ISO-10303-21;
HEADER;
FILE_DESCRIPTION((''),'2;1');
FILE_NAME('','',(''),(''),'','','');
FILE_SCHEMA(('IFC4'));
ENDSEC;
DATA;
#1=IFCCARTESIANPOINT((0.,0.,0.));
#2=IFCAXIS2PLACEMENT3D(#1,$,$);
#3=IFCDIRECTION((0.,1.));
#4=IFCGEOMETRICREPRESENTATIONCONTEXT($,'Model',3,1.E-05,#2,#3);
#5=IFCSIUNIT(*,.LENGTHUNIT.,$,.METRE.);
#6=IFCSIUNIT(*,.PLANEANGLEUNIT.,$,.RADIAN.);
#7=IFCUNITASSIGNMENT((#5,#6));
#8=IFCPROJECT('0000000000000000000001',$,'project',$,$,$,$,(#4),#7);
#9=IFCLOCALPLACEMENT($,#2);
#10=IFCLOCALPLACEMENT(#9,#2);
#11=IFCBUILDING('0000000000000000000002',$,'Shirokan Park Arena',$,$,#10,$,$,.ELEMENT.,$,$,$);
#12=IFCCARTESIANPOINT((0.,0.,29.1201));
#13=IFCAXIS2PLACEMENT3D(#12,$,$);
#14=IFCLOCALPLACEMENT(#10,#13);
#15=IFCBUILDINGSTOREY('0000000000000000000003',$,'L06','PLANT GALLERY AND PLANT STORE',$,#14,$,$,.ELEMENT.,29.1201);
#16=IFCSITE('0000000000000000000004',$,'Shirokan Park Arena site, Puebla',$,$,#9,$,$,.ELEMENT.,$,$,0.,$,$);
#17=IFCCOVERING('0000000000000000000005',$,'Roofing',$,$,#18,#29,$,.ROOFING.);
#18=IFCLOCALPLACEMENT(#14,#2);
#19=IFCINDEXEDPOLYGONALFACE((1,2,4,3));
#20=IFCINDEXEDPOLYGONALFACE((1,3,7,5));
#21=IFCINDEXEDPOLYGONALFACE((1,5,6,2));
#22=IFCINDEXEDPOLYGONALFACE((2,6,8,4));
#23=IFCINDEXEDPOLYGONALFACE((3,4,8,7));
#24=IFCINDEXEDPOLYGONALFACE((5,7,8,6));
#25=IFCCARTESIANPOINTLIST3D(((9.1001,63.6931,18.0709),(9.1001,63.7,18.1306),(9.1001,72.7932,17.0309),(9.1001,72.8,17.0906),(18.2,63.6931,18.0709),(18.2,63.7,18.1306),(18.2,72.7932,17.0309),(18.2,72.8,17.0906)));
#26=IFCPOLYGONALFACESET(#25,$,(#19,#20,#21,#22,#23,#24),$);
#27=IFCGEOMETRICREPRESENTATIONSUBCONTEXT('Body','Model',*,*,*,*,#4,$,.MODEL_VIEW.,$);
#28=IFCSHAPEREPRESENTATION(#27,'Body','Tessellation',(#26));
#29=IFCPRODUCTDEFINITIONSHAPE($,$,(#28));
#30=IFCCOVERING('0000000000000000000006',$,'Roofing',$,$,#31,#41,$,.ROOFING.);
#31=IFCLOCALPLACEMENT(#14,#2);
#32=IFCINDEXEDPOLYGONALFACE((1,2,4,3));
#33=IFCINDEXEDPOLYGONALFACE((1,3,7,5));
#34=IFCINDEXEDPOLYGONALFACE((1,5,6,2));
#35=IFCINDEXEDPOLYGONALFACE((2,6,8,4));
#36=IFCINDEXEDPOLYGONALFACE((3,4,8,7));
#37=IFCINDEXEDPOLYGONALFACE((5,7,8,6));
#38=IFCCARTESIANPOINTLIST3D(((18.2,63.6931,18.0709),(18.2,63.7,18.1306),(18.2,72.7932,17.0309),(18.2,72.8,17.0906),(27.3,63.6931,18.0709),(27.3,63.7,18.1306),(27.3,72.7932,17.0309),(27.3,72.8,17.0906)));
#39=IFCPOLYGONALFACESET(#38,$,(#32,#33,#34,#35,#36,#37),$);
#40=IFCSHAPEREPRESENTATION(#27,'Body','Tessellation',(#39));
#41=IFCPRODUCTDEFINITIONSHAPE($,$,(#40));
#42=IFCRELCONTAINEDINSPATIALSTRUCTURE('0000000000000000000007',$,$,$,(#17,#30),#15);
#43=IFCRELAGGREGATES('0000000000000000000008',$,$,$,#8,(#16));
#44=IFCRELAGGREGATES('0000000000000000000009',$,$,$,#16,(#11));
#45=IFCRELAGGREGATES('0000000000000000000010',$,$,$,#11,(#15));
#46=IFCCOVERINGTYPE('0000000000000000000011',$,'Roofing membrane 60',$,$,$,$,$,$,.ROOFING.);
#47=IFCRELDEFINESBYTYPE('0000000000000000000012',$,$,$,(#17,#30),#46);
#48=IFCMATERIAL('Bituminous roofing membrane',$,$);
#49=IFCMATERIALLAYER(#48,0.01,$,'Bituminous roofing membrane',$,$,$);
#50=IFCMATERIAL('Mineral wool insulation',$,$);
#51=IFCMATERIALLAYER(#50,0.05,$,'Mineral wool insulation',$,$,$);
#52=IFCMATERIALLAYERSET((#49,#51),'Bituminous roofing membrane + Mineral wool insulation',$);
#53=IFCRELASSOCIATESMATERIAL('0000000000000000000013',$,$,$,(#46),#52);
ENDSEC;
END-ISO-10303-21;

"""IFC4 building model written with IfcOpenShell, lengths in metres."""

from ifc_helpers import new_model, si_unit, direction, frame, origin, place, context, subcontext, project, spatial, polyline, outline, extrude, material, layer, layer_set, type_object, element, save


model = new_model("IFC4")

# Units and contexts
model_context = context("Model", 3, precision=1e-05, world=origin(), true_north=direction((0.0, 1.0)))
body_context = subcontext(model_context, "Body", "Model", "MODEL_VIEW")
ifc_project = project(units=[si_unit("LENGTHUNIT", "METRE"), si_unit("PLANEANGLEUNIT", "RADIAN")], contexts=[model_context])

# Site, building, storey
site_placement = place(None, origin())
site = spatial("IfcSite", under=ifc_project, at=site_placement, Name="Shirokan Park Arena site, Puebla", CompositionType="ELEMENT", RefElevation=0.0)
building_placement = place(site_placement, origin())
building = spatial("IfcBuilding", under=site, at=building_placement, Name="Shirokan Park Arena", CompositionType="ELEMENT")
storey_placement = place(building_placement, frame((0.0, 0.0, 29.1201)))
storey = spatial("IfcBuildingStorey", under=building, at=storey_placement, Name="L06", Description="PLANT GALLERY AND PLANT STORE", CompositionType="ELEMENT", Elevation=29.1201)

# Coverings
ifc_material_1 = material(Name="Bituminous roofing membrane")
ifc_layer_1 = layer(ifc_material_1, 0.01, Name="Bituminous roofing membrane")
ifc_material_2 = material(Name="Mineral wool insulation")
ifc_layer_2 = layer(ifc_material_2, 0.05, Name="Mineral wool insulation")
ifc_layer_set_1 = layer_set([ifc_layer_1, ifc_layer_2], Name="Bituminous roofing membrane + Mineral wool insulation")
covering_type = type_object("IfcCoveringType", Name="Roofing membrane 60", PredefinedType="ROOFING", material=ifc_layer_set_1)
covering_1_placement = place(storey_placement, frame((9.1001, 63.7, 18.1306), z_axis=(0.0, 0.11355, 0.993532), x_axis=(1.0, 0.0, 0.0)))
element("IfcCovering", 1, at=covering_1_placement, inside=storey, type_object=covering_type, Name="Roofing", PredefinedType="ROOFING", context=body_context, shape_type="SweptSolid", body=[
    extrude(outline(polyline([(0.0, 0.0), (9.0999, 0.0), (9.0999, 9.1593), (0.0, 9.1593), (0.0, 0.0)])), origin(), (0.0, 0.0, -1.0), 0.0601),
])
covering_2_placement = place(storey_placement, frame((18.2, 63.7, 18.1306), z_axis=(0.0, 0.11355, 0.993532), x_axis=(1.0, 0.0, 0.0)))
element("IfcCovering", 2, at=covering_2_placement, inside=storey, type_object=covering_type, Name="Roofing", PredefinedType="ROOFING", context=body_context, shape_type="SweptSolid", body=[
    extrude(outline(polyline([(0.0, 0.0), (9.1001, 0.0), (9.1001, 9.1593), (0.0, 9.1593), (0.0, 0.0)])), origin(), (0.0, 0.0, -1.0), 0.0601),
])

save(model, "model.ifc")
